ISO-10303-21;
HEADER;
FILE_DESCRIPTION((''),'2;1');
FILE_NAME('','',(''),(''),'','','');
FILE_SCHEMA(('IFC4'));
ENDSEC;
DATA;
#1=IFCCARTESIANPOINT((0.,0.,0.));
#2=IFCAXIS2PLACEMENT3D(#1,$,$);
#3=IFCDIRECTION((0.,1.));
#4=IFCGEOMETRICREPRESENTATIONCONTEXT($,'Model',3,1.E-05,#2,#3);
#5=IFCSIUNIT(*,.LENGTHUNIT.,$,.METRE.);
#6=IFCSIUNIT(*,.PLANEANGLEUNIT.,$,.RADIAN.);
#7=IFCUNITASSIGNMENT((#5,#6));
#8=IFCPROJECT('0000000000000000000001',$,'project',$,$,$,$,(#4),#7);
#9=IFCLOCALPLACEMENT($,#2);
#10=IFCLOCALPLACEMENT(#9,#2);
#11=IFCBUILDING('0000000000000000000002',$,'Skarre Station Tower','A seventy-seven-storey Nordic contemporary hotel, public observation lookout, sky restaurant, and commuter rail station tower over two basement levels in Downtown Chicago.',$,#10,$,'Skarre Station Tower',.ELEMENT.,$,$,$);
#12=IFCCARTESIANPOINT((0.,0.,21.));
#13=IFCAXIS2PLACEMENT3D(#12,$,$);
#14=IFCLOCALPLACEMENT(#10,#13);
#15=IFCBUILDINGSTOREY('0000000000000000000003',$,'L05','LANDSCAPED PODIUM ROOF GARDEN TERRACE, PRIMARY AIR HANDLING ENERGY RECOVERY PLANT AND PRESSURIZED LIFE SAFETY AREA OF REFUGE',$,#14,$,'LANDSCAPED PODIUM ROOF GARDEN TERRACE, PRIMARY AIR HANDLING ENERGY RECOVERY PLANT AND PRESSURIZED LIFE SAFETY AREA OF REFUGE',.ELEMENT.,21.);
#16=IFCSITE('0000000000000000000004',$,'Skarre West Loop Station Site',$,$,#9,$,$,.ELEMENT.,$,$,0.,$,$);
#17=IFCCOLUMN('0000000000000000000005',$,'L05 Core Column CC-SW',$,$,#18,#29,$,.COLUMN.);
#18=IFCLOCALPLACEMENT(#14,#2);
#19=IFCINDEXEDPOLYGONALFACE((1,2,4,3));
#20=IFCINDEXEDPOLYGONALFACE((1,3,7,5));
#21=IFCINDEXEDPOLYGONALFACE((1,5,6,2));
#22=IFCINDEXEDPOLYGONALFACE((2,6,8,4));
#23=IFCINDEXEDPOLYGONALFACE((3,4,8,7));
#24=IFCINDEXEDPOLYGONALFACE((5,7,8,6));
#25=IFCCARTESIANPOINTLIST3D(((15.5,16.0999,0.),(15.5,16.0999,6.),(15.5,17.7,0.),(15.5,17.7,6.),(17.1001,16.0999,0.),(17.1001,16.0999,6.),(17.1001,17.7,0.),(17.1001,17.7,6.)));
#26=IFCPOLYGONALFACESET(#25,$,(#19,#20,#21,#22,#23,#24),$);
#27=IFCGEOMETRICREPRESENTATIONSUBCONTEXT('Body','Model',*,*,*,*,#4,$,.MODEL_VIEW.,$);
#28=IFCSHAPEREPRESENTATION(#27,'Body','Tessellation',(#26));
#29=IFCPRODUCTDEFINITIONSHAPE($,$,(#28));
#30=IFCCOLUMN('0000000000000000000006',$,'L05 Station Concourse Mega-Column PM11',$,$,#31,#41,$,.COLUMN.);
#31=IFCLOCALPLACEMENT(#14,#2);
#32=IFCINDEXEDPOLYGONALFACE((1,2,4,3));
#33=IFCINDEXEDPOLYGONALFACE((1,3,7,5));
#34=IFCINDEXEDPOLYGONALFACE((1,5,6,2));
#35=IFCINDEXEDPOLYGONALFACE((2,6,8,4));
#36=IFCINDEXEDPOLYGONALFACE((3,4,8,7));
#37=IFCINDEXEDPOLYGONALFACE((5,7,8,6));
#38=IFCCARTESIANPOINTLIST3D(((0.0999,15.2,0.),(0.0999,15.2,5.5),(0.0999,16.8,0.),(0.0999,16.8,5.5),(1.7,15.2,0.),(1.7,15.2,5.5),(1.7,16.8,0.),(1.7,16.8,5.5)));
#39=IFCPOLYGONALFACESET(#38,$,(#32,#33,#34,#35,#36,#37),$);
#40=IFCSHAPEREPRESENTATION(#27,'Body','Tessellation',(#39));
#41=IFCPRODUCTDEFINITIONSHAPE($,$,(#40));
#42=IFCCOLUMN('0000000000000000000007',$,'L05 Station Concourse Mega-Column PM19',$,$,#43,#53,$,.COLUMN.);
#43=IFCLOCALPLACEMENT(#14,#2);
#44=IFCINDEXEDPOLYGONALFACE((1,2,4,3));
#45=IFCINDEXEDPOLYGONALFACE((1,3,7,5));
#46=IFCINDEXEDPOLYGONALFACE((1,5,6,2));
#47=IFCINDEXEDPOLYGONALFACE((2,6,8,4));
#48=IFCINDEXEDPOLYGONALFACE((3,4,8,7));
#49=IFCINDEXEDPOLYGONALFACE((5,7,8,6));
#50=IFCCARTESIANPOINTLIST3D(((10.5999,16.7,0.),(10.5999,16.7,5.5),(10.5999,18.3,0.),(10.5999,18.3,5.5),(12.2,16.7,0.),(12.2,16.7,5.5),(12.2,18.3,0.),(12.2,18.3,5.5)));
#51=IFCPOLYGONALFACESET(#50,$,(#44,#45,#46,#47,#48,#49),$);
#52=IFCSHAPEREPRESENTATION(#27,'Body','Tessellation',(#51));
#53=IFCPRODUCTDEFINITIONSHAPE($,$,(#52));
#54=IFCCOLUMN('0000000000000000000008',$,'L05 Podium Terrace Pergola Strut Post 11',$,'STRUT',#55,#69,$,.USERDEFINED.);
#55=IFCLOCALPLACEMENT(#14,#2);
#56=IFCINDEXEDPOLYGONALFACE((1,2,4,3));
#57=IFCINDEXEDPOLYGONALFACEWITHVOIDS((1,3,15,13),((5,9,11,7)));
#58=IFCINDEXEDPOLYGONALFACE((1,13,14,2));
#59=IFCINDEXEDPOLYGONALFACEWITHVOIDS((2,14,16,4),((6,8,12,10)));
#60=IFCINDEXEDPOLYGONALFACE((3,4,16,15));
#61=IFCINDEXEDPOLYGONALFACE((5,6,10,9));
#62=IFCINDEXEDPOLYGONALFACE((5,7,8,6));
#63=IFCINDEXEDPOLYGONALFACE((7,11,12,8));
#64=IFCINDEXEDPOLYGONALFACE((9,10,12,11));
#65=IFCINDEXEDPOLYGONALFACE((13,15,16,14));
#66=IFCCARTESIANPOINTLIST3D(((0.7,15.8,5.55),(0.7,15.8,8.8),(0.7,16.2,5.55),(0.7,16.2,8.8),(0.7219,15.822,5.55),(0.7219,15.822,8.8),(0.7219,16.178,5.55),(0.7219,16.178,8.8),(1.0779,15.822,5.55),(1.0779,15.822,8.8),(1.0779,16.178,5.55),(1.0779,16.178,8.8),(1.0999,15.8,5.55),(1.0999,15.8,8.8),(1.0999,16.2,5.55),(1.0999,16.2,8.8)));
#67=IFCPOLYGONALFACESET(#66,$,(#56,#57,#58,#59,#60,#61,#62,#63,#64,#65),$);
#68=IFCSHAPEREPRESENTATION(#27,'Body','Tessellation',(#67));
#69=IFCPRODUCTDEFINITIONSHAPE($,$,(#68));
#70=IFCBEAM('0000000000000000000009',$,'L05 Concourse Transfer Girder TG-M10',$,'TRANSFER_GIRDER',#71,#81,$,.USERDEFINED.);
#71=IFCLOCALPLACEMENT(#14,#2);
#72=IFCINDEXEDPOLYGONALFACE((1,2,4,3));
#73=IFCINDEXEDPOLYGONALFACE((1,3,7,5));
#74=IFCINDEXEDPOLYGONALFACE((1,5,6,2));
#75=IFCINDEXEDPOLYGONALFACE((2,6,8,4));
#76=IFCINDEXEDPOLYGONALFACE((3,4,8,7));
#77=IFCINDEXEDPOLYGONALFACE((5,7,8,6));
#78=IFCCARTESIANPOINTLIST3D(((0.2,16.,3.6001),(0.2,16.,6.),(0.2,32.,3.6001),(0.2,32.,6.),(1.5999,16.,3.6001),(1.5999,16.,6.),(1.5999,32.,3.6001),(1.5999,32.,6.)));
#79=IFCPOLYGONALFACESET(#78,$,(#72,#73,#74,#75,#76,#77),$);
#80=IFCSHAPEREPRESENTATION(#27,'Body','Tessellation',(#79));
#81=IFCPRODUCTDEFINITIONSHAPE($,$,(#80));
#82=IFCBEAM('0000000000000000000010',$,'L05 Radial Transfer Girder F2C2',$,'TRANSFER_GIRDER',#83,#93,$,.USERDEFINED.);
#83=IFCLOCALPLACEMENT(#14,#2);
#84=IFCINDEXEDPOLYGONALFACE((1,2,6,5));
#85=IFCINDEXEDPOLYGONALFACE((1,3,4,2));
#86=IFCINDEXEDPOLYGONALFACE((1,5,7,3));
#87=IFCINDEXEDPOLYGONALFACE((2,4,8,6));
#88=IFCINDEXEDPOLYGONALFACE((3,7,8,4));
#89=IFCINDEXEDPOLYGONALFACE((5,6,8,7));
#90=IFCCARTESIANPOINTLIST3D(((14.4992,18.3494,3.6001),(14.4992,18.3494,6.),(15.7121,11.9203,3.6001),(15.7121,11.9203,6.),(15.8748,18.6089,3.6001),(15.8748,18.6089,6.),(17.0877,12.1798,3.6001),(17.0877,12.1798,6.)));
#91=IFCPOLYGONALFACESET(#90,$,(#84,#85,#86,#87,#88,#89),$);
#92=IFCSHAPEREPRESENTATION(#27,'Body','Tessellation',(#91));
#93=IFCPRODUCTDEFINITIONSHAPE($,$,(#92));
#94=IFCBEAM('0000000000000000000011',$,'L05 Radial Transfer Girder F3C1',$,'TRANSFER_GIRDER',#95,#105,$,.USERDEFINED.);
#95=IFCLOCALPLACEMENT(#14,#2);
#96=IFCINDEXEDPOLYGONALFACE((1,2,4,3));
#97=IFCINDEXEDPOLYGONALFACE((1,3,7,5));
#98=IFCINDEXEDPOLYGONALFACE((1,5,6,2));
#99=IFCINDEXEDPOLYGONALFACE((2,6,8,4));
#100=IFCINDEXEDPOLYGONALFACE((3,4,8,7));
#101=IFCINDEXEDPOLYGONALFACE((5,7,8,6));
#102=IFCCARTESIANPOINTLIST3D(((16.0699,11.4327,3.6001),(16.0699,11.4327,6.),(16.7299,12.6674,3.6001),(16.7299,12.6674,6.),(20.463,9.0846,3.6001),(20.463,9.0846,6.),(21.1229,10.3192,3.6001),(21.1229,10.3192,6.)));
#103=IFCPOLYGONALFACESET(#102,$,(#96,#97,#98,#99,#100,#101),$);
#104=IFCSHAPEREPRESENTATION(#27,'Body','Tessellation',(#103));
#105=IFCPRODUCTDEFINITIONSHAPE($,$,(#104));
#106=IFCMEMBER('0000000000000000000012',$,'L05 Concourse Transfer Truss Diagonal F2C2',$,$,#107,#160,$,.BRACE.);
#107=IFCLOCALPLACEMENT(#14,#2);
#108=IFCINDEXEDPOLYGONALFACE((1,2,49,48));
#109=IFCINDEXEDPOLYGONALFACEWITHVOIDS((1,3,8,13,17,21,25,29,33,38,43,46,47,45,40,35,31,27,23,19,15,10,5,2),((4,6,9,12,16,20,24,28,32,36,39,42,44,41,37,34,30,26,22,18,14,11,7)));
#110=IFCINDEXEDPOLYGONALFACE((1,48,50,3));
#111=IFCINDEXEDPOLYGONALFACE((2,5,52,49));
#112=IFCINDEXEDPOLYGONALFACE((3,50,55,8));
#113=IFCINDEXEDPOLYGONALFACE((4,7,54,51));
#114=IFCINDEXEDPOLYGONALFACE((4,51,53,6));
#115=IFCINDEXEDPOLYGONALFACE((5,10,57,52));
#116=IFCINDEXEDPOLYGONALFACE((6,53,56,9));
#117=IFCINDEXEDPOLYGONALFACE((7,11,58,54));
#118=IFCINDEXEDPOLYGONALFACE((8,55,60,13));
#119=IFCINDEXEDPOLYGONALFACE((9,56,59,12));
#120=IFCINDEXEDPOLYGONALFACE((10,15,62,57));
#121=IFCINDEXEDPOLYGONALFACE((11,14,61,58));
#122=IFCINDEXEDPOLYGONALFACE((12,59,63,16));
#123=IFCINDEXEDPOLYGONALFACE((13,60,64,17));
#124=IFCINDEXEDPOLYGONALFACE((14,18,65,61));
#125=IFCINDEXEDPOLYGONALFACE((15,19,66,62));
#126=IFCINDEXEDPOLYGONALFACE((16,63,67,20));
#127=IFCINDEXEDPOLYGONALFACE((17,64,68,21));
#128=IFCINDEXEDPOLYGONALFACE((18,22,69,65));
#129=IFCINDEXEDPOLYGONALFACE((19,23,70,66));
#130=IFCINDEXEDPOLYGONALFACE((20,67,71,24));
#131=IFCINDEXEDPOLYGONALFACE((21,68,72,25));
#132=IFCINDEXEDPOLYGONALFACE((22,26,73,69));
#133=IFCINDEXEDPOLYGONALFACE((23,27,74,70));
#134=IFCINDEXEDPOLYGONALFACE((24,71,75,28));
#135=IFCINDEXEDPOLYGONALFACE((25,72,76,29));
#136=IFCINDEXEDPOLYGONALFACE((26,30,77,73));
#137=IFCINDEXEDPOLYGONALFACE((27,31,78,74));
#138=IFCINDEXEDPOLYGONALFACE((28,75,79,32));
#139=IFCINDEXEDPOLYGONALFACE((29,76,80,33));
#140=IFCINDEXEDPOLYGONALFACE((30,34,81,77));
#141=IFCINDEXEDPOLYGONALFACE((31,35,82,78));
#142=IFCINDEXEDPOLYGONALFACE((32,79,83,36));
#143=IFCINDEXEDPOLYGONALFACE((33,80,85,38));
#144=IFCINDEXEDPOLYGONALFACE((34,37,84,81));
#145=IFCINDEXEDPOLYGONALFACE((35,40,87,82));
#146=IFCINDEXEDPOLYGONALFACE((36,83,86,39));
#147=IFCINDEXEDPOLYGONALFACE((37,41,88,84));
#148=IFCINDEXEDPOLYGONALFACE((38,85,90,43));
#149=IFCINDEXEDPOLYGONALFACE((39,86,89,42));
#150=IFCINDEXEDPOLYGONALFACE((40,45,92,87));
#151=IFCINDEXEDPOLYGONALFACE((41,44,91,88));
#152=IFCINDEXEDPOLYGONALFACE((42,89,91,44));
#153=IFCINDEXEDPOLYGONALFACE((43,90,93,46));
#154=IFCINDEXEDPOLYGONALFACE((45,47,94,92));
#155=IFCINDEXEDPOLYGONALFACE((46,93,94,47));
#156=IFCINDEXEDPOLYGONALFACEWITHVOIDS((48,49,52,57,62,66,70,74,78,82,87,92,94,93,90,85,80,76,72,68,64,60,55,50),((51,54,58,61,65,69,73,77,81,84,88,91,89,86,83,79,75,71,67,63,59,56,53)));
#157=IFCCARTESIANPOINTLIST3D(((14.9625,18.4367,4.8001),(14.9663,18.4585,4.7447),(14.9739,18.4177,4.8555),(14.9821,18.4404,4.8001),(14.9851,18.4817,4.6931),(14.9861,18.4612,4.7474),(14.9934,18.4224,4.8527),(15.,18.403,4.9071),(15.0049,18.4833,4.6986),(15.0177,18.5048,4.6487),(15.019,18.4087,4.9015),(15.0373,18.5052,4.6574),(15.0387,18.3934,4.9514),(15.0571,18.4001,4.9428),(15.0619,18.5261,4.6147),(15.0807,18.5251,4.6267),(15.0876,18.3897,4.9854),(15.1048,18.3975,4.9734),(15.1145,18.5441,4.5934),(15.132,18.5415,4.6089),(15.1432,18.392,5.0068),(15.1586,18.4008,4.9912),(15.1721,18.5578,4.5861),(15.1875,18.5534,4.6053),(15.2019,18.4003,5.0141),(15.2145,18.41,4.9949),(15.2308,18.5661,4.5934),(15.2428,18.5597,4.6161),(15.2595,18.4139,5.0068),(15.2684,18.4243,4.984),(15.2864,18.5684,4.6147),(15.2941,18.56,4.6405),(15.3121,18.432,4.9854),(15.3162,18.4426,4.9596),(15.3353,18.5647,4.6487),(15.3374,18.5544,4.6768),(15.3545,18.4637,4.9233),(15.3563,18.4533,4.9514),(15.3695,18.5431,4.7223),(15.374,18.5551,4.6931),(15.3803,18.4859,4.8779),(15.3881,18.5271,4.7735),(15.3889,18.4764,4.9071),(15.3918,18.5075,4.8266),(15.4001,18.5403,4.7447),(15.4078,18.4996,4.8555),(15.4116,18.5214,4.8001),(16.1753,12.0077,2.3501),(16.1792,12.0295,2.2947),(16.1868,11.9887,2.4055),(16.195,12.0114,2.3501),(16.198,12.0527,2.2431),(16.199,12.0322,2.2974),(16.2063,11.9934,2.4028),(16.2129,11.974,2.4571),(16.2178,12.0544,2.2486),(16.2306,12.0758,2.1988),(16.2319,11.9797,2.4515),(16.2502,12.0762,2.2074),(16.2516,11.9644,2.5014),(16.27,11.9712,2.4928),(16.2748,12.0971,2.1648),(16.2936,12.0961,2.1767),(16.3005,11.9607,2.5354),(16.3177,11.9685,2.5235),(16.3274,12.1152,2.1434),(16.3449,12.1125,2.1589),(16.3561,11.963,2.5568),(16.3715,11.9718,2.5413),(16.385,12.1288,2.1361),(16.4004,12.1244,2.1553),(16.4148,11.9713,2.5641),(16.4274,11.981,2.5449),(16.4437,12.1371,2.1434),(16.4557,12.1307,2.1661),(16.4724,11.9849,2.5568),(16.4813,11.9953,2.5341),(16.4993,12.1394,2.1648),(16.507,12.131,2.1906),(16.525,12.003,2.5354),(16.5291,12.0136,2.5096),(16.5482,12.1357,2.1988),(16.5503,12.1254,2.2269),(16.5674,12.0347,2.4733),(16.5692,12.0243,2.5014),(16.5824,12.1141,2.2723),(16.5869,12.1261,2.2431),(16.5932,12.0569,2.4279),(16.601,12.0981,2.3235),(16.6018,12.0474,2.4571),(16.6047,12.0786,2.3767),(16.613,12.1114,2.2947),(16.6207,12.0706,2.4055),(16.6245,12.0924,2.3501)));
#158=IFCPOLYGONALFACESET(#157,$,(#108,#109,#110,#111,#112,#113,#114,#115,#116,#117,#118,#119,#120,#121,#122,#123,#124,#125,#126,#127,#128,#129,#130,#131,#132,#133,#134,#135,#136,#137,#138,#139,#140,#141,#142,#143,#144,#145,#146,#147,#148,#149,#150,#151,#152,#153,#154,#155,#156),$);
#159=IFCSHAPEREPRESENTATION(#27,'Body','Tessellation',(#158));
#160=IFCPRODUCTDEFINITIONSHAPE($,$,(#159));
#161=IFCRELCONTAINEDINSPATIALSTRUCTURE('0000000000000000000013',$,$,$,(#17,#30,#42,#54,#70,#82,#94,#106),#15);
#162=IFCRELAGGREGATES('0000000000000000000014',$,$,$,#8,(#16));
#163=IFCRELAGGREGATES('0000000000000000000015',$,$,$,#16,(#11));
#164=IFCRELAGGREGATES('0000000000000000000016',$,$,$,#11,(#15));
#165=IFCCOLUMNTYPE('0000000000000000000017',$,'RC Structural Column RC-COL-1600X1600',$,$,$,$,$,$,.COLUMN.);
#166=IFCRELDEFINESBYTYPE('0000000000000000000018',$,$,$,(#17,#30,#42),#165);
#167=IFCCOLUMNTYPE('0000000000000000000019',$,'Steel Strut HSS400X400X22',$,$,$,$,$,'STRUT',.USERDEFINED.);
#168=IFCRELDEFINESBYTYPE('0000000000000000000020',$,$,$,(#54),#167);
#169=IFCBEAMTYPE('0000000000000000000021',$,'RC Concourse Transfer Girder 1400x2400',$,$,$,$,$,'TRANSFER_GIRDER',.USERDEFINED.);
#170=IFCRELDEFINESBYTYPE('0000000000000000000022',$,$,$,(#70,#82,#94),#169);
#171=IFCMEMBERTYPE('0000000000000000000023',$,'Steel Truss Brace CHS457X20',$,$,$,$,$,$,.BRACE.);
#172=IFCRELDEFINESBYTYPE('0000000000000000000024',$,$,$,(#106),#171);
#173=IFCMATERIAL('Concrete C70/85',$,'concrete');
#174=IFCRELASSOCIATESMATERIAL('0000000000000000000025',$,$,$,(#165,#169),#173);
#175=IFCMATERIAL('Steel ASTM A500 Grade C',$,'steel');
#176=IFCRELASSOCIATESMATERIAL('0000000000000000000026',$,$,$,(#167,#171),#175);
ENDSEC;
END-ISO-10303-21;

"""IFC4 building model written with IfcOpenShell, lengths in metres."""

from ifc_helpers import new_model, si_unit, direction, frame, origin, origin_2d, place, context, subcontext, project, spatial, rectangle, hollow_rectangle, hollow_circle, extrude, material, material_profile, profile_set, type_object, element, save


model = new_model("IFC4")

# Units and contexts
model_context = context("Model", 3, precision=1e-05, world=origin(), true_north=direction((0.0, 1.0)))
body_context = subcontext(model_context, "Body", "Model", "MODEL_VIEW")
ifc_project = project(units=[si_unit("LENGTHUNIT", "METRE"), si_unit("PLANEANGLEUNIT", "RADIAN")], contexts=[model_context])

# Site, building, storey
site_placement = place(None, origin())
site = spatial("IfcSite", under=ifc_project, at=site_placement, Name="Skarre West Loop Station Site", CompositionType="ELEMENT", RefElevation=0.0)
building_placement = place(site_placement, origin())
building = spatial("IfcBuilding", under=site, at=building_placement, Name="Skarre Station Tower", Description="A seventy-seven-storey Nordic contemporary hotel, public observation lookout, sky restaurant, and commuter rail station tower over two basement levels in Downtown Chicago.", LongName="Skarre Station Tower", CompositionType="ELEMENT")
storey_placement = place(building_placement, frame((0.0, 0.0, 21.0)))
storey = spatial("IfcBuildingStorey", under=building, at=storey_placement, Name="L05", Description="LANDSCAPED PODIUM ROOF GARDEN TERRACE, PRIMARY AIR HANDLING ENERGY RECOVERY PLANT AND PRESSURIZED LIFE SAFETY AREA OF REFUGE", LongName="LANDSCAPED PODIUM ROOF GARDEN TERRACE, PRIMARY AIR HANDLING ENERGY RECOVERY PLANT AND PRESSURIZED LIFE SAFETY AREA OF REFUGE", CompositionType="ELEMENT", Elevation=21.0)

# Columns
ifc_material_1 = material(Name="Concrete C70/85", Category="concrete")
ifc_material_profile_1 = material_profile(ifc_material_1, rectangle(XDim=1.6001, YDim=1.6001, at=origin_2d()), Name="Concrete C70/85")
ifc_profile_set_1 = profile_set([ifc_material_profile_1], Name="Concrete C70/85")
column_type_1 = type_object("IfcColumnType", Name="RC Structural Column RC-COL-1600X1600", PredefinedType="COLUMN", material=ifc_profile_set_1)
column_1_placement = place(storey_placement, frame((16.3, 16.8999, 0.0), z_axis=(0.0, 0.0, 1.0), x_axis=(1.0, 0.0, 0.0)))
element("IfcColumn", 1, at=column_1_placement, inside=storey, type_object=column_type_1, Name="L05 Core Column CC-SW", PredefinedType="COLUMN", context=body_context, shape_type="SweptSolid", body=[
    extrude(rectangle(XDim=1.6001, YDim=1.6001, at=origin_2d()), origin(), (0.0, 0.0, 1.0), 6.0),
])
for number, where, z_axis, x_axis, name in (
    (2, (0.8999, 16.0, 0.0), (0.0, 0.0, 1.0), (1.0, 0.0, 0.0), "L05 Station Concourse Mega-Column PM11"),
    (3, (11.3999, 17.5, 0.0), (0.0, 0.0, 1.0), (1.0, 0.0, 0.0), "L05 Station Concourse Mega-Column PM19"),
):
    element("IfcColumn", number, at=place(storey_placement, frame(where, z_axis=z_axis, x_axis=x_axis)), inside=storey, type_object=column_type_1, Name=name, PredefinedType="COLUMN", context=body_context, shape_type="SweptSolid", body=[
        extrude(rectangle(XDim=1.6001, YDim=1.6001, at=origin_2d()), origin(), (0.0, 0.0, 1.0), 5.5),
    ])
ifc_material_2 = material(Name="Steel ASTM A500 Grade C", Category="steel")
ifc_material_profile_2 = material_profile(ifc_material_2, hollow_rectangle(XDim=0.3999, YDim=0.3999, WallThickness=0.022, at=origin_2d()), Name="Steel ASTM A500 Grade C")
ifc_profile_set_2 = profile_set([ifc_material_profile_2], Name="Steel ASTM A500 Grade C")
column_type_2 = type_object("IfcColumnType", Name="Steel Strut HSS400X400X22", ElementType="STRUT", PredefinedType="USERDEFINED", material=ifc_profile_set_2)
column_2_placement = place(storey_placement, frame((0.8999, 16.0, 5.55), z_axis=(0.0, 0.0, 1.0), x_axis=(1.0, 0.0, 0.0)))
element("IfcColumn", 4, at=column_2_placement, inside=storey, type_object=column_type_2, Name="L05 Podium Terrace Pergola Strut Post 11", ObjectType="STRUT", PredefinedType="USERDEFINED", context=body_context, shape_type="SweptSolid", body=[
    extrude(hollow_rectangle(XDim=0.3999, YDim=0.3999, WallThickness=0.022, at=origin_2d()), origin(), (0.0, 0.0, 1.0), 3.25),
])

# Beams
ifc_material_profile_3 = material_profile(ifc_material_1, rectangle(XDim=1.3999, YDim=2.3999, at=origin_2d()), Name="Concrete C70/85")
ifc_profile_set_3 = profile_set([ifc_material_profile_3], Name="Concrete C70/85")
beam_type = type_object("IfcBeamType", Name="RC Concourse Transfer Girder 1400x2400", ElementType="TRANSFER_GIRDER", PredefinedType="USERDEFINED", material=ifc_profile_set_3)
beam_1_placement = place(storey_placement, frame((0.8999, 16.0, 4.8), z_axis=(0.0, 1.0, 0.0), x_axis=(-1.0, 0.0, 0.0)))
element("IfcBeam", 5, at=beam_1_placement, inside=storey, type_object=beam_type, Name="L05 Concourse Transfer Girder TG-M10", ObjectType="TRANSFER_GIRDER", PredefinedType="USERDEFINED", context=body_context, shape_type="SweptSolid", body=[
    extrude(rectangle(XDim=1.3999, YDim=2.3999, at=origin_2d()), origin(), (0.0, 0.0, 1.0), 16.0),
])
beam_2_placement = place(storey_placement, frame((16.3999, 12.05, 4.8), z_axis=(-0.18539, 0.982665, 0.0), x_axis=(-0.982665, -0.18539, 0.0)))
element("IfcBeam", 6, at=beam_2_placement, inside=storey, type_object=beam_type, Name="L05 Radial Transfer Girder F2C2", ObjectType="TRANSFER_GIRDER", PredefinedType="USERDEFINED", context=body_context, shape_type="SweptSolid", body=[
    extrude(rectangle(XDim=1.3999, YDim=2.3999, at=origin_2d()), origin(), (0.0, 0.0, 1.0), 6.5425),
])
beam_3_placement = place(storey_placement, frame((16.3999, 12.05, 4.8), z_axis=(0.881921, -0.471397, 0.0), x_axis=(0.471397, 0.881921, 0.0)))
element("IfcBeam", 7, at=beam_3_placement, inside=storey, type_object=beam_type, Name="L05 Radial Transfer Girder F3C1", ObjectType="TRANSFER_GIRDER", PredefinedType="USERDEFINED", context=body_context, shape_type="SweptSolid", body=[
    extrude(rectangle(XDim=1.3999, YDim=2.3999, at=origin_2d()), origin(), (0.0, 0.0, 1.0), 4.9812),
])

# Member
ifc_material_profile_4 = material_profile(ifc_material_2, hollow_circle(Radius=0.2285, WallThickness=0.02, at=origin_2d()), Name="Steel ASTM A500 Grade C")
ifc_profile_set_4 = profile_set([ifc_material_profile_4], Name="Steel ASTM A500 Grade C")
member_type_1 = type_object("IfcMemberType", Name="Steel Truss Brace CHS457X20", PredefinedType="BRACE", material=ifc_profile_set_4)
member_1_placement = place(storey_placement, frame((16.3999, 12.05, 2.3501), z_axis=(-0.173616, 0.920257, 0.350692), x_axis=(-0.982665, -0.18539, 0.0)))
element("IfcMember", 8, at=member_1_placement, inside=storey, type_object=member_type_1, Name="L05 Concourse Transfer Truss Diagonal F2C2", PredefinedType="BRACE", context=body_context, shape_type="SweptSolid", body=[
    extrude(hollow_circle(Radius=0.2285, WallThickness=0.02, at=origin_2d()), origin(), (0.0, 0.0, 1.0), 6.9861),
])

save(model, "model.ifc")
